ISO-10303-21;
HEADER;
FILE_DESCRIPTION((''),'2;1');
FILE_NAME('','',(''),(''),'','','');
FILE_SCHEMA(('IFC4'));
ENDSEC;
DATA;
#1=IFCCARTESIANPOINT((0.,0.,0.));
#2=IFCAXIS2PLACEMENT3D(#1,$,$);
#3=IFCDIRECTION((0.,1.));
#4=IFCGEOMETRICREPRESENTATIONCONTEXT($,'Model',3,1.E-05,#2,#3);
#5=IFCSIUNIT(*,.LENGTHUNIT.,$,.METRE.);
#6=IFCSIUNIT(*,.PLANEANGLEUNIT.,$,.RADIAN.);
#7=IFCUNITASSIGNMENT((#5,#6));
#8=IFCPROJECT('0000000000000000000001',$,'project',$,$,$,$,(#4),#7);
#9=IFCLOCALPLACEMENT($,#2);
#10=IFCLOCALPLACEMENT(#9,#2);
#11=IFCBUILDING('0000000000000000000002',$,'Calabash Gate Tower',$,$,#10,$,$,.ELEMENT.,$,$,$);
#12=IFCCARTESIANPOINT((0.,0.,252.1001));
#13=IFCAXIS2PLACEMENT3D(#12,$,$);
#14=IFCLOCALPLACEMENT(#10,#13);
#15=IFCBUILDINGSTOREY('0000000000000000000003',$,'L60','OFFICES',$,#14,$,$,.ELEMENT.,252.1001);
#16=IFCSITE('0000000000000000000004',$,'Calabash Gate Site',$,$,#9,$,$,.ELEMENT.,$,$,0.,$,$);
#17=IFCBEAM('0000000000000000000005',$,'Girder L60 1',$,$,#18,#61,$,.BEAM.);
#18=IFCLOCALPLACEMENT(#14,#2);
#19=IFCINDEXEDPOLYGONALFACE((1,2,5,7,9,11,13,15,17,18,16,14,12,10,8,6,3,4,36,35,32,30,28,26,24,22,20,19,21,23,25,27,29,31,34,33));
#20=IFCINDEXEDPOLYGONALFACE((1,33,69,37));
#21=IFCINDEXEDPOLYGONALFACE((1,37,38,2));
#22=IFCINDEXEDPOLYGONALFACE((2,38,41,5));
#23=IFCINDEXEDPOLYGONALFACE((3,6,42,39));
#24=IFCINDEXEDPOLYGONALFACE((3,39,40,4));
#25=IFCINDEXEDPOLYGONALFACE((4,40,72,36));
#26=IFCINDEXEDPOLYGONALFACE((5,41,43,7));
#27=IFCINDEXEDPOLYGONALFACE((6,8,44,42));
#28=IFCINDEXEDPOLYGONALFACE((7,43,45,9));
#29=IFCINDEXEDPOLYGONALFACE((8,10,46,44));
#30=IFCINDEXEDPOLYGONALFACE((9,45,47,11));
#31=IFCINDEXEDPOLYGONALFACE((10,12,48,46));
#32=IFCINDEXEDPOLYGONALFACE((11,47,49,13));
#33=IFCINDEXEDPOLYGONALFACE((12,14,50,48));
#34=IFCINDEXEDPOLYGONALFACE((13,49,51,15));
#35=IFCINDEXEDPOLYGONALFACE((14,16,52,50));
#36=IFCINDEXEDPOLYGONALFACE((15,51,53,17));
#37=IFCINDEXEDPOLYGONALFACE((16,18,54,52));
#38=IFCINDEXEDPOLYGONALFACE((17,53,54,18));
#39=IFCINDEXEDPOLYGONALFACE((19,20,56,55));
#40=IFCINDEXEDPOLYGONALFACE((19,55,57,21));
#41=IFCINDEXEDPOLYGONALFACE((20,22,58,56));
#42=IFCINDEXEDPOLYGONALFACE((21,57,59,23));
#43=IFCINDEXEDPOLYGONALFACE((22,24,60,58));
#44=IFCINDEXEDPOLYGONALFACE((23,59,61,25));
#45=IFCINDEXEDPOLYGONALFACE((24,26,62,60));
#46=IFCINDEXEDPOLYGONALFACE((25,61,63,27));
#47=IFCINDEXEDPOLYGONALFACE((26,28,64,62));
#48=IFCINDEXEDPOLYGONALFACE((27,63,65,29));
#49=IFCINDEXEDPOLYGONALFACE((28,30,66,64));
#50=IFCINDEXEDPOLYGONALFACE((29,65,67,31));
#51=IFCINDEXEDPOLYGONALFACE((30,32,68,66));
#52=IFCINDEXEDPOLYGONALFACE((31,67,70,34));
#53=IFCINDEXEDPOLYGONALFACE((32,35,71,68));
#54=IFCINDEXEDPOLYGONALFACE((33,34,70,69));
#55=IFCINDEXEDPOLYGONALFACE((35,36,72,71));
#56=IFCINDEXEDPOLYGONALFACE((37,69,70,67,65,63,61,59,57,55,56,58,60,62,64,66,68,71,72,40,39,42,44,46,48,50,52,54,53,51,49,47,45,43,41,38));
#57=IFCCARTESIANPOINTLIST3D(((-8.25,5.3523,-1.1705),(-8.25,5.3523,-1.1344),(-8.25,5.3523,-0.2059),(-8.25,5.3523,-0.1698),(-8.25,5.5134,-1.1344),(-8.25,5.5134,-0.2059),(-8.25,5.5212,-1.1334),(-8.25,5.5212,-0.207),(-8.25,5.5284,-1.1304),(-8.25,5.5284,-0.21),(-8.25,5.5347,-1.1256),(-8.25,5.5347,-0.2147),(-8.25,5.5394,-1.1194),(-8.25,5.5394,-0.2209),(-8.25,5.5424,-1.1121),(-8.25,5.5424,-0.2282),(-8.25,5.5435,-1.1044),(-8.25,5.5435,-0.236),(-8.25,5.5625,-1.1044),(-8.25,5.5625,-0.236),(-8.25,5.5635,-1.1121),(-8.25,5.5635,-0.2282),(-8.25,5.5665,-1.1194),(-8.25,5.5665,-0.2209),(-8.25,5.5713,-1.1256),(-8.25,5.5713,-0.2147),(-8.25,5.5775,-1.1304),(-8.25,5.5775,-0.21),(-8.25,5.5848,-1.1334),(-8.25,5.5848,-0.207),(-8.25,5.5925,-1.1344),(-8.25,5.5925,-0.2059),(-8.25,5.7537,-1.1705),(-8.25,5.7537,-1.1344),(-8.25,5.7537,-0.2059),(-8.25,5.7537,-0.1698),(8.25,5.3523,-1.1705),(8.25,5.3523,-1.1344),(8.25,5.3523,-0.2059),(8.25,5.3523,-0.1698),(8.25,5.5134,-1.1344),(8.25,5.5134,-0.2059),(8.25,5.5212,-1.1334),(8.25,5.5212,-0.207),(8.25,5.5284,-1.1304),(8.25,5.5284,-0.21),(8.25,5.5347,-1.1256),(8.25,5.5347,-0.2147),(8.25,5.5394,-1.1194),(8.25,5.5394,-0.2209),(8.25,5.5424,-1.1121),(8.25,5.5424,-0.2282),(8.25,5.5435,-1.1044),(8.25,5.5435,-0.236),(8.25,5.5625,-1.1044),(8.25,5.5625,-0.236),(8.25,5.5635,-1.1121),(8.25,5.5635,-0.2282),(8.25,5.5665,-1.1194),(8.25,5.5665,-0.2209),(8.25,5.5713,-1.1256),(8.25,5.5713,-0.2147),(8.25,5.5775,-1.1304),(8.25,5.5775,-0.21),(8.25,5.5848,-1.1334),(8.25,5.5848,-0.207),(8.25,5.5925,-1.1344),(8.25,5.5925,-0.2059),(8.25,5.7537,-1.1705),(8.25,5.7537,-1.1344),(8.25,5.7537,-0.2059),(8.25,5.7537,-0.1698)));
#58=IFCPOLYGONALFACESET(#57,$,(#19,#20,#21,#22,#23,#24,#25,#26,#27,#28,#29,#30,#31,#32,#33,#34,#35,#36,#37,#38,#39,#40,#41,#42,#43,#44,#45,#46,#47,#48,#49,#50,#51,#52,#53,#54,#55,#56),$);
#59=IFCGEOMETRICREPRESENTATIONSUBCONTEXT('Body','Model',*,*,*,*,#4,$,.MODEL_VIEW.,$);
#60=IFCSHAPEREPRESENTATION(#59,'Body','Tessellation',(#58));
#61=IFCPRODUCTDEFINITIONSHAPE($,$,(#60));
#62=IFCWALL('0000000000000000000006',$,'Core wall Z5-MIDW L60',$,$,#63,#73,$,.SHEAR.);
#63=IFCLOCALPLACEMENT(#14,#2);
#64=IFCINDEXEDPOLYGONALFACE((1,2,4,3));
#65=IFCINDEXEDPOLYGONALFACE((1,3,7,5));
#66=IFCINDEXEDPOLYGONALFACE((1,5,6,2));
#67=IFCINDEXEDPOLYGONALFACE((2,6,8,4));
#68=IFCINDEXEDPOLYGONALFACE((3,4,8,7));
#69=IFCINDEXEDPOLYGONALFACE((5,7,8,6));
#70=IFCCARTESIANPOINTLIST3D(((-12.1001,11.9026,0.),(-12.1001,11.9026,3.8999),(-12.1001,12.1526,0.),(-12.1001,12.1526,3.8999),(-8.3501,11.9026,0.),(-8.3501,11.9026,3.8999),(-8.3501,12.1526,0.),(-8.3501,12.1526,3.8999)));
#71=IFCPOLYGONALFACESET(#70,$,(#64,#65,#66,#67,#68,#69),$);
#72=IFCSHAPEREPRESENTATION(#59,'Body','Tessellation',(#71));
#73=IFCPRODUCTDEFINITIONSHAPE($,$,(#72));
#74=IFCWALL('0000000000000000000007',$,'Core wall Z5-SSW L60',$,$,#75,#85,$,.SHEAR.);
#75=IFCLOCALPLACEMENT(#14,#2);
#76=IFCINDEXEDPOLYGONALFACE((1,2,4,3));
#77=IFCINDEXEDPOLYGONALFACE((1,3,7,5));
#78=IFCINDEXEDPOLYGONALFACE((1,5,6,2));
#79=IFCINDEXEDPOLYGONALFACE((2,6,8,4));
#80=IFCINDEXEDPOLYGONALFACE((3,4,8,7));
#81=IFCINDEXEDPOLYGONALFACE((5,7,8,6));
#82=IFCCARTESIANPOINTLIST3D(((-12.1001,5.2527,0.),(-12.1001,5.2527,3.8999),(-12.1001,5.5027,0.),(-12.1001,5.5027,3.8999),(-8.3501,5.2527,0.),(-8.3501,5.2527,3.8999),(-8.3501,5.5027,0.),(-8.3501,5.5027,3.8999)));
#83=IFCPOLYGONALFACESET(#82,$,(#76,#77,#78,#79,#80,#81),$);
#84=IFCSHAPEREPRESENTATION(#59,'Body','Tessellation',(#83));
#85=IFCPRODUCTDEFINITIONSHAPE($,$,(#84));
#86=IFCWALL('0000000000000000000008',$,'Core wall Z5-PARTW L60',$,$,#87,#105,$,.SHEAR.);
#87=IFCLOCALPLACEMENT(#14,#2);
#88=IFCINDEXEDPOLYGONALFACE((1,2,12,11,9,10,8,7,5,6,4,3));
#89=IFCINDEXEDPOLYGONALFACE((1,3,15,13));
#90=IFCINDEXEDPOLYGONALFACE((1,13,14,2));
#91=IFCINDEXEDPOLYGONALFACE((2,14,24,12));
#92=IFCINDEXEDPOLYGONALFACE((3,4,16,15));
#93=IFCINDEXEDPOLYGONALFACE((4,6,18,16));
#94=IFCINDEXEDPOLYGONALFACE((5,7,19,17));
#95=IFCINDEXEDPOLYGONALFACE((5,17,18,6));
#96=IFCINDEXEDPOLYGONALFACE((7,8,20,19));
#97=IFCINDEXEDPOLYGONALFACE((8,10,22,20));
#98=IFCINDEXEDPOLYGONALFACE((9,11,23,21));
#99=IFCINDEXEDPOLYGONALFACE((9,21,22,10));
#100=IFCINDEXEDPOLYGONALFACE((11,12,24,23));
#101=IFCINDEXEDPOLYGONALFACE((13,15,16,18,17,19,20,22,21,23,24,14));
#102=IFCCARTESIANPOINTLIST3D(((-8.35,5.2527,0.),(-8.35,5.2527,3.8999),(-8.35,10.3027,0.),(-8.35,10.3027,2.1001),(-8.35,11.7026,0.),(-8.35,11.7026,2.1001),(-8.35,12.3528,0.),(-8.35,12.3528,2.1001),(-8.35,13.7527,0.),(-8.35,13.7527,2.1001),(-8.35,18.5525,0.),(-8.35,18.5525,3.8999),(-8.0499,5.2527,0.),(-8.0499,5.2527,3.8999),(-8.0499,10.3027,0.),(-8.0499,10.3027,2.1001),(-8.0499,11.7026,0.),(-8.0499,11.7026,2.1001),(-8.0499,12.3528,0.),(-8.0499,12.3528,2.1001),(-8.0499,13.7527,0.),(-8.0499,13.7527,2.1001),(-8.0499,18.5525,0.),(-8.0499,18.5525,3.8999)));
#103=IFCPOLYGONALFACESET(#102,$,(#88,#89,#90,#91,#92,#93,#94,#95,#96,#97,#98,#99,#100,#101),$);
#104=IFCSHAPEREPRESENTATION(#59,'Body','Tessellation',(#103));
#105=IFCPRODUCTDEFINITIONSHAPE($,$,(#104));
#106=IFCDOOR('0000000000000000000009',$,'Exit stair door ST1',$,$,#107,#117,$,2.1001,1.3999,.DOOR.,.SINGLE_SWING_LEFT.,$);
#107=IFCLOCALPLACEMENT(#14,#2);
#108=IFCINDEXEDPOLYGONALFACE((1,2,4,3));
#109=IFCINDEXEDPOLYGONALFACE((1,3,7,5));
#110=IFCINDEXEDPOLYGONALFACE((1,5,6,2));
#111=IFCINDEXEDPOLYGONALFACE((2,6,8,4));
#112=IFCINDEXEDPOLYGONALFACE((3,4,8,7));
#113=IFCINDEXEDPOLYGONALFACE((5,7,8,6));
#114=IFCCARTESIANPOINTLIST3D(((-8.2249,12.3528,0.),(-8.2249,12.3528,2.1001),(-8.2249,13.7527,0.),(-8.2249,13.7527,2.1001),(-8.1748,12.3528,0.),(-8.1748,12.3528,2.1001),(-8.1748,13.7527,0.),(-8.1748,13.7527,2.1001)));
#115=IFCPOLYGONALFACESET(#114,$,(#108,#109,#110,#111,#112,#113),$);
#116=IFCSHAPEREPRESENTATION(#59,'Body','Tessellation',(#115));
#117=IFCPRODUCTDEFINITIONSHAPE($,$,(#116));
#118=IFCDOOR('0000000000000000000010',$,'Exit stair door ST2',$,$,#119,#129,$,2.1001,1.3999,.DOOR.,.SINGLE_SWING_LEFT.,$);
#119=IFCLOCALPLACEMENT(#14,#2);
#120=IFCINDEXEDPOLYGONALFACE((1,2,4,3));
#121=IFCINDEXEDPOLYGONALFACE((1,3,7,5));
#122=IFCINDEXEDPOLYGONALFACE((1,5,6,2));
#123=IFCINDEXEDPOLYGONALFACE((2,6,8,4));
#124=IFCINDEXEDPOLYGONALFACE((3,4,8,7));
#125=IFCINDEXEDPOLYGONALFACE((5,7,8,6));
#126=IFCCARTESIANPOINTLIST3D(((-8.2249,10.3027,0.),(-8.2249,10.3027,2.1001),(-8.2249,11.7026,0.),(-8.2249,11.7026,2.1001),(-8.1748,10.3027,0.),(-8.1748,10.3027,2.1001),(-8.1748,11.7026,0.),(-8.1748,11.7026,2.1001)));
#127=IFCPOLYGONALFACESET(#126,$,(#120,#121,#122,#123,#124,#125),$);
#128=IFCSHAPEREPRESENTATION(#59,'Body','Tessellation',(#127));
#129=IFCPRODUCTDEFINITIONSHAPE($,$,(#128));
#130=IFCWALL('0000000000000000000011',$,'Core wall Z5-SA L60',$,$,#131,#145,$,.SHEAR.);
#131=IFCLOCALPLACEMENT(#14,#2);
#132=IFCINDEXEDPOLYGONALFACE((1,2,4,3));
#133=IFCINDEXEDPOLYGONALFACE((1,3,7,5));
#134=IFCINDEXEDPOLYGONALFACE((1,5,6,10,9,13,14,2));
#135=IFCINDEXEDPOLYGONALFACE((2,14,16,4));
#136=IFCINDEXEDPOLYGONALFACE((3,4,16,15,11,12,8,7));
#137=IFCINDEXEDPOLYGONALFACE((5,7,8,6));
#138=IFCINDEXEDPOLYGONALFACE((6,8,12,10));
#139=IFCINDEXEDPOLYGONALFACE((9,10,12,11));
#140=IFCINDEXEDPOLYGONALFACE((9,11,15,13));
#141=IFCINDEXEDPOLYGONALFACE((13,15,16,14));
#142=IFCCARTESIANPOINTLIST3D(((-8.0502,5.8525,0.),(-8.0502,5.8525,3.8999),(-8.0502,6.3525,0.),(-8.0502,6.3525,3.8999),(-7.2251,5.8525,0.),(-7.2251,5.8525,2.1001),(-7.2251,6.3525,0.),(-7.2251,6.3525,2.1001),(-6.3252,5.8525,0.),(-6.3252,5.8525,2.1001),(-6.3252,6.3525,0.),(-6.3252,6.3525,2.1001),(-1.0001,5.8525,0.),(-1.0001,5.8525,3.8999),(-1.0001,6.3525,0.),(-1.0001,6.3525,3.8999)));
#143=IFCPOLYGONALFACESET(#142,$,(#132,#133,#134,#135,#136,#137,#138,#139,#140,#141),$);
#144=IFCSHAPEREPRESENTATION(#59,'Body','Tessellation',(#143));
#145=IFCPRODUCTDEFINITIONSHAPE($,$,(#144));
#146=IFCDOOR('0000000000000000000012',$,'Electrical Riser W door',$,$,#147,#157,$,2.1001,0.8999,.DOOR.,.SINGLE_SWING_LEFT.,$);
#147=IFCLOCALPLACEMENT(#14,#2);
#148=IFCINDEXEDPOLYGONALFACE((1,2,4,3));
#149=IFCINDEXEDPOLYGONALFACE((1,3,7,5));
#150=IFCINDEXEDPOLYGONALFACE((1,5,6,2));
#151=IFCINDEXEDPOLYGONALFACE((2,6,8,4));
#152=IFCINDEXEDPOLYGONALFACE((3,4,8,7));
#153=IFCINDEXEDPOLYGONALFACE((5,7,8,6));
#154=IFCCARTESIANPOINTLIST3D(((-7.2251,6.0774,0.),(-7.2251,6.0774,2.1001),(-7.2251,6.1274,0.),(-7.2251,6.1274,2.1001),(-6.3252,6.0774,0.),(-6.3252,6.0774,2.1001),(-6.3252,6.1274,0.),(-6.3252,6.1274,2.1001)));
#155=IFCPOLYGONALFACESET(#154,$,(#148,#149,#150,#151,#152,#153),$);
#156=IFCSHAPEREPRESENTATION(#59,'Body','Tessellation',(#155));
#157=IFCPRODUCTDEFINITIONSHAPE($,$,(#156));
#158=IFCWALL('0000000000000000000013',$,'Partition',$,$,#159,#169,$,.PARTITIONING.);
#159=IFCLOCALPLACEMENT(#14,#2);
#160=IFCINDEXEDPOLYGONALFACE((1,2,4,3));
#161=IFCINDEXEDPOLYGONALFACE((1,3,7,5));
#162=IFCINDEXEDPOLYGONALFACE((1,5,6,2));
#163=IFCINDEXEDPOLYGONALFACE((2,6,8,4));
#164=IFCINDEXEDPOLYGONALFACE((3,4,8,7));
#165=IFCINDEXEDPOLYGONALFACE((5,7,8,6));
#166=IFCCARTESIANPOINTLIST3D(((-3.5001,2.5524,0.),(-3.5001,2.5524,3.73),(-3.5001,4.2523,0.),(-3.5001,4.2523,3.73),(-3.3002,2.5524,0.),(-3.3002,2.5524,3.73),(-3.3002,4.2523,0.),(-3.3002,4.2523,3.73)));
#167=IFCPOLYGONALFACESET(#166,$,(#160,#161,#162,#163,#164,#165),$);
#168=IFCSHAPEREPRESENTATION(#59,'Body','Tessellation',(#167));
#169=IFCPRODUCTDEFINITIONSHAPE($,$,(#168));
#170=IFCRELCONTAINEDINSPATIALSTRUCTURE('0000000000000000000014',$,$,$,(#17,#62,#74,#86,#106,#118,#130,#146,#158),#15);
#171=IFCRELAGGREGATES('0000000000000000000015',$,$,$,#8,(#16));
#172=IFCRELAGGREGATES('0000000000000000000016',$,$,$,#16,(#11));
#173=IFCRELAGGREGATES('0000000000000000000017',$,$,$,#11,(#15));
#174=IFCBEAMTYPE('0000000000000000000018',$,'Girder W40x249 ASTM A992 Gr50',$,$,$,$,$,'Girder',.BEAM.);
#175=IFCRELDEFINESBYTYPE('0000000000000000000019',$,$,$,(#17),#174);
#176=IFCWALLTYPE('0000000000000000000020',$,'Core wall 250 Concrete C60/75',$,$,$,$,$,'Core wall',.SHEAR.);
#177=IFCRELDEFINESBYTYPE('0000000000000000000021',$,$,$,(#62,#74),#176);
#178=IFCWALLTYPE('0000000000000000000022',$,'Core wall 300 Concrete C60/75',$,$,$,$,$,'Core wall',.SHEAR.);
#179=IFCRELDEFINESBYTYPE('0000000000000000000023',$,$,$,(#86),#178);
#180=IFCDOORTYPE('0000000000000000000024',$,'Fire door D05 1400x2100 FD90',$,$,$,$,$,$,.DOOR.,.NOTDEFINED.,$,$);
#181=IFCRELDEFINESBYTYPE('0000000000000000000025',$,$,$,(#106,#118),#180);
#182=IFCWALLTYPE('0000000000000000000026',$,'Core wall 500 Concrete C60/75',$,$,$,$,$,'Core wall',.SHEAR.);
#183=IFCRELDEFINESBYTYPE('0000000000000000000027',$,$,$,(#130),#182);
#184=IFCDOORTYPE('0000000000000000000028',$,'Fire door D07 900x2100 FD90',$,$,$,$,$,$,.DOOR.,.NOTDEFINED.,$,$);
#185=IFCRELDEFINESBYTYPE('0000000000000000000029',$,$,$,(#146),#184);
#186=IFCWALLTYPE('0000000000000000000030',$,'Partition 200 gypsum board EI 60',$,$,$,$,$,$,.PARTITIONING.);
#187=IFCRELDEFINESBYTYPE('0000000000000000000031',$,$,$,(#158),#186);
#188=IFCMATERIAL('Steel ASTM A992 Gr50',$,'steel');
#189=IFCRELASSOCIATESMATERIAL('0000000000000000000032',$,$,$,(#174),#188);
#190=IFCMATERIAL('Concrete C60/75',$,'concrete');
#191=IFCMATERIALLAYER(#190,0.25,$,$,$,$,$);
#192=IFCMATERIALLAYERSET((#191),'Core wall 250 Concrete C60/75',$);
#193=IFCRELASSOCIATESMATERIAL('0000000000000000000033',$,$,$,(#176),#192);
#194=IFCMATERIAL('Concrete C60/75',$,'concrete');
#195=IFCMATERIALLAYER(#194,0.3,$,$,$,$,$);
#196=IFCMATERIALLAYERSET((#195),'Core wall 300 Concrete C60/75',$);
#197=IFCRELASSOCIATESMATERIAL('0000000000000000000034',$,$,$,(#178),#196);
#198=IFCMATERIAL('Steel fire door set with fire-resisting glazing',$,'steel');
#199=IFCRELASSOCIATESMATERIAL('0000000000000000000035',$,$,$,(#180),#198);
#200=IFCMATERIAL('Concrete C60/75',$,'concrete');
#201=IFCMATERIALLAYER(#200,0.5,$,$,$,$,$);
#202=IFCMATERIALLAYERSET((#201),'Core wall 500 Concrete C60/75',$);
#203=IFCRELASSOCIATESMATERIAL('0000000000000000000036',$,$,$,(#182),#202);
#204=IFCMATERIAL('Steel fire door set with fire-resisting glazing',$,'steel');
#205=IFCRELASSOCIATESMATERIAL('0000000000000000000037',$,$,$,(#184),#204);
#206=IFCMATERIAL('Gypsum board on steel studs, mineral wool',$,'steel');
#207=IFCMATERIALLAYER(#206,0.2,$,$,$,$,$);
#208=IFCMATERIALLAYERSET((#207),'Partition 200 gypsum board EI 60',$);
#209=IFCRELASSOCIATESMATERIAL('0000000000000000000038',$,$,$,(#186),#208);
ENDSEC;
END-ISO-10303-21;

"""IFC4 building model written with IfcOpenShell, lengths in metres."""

from ifc_helpers import new_model, si_unit, direction, frame, frame_2d, origin, origin_2d, place, context, subcontext, project, spatial, rectangle, i_section, extrude, material, layer, layer_set, material_profile, profile_set, type_object, element, fill, save


model = new_model("IFC4")

# Units and contexts
model_context = context("Model", 3, precision=1e-05, world=origin(), true_north=direction((0.0, 1.0)))
body_context = subcontext(model_context, "Body", "Model", "MODEL_VIEW")
ifc_project = project(units=[si_unit("LENGTHUNIT", "METRE"), si_unit("PLANEANGLEUNIT", "RADIAN")], contexts=[model_context])

# Site, building, storey
site_placement = place(None, origin())
site = spatial("IfcSite", under=ifc_project, at=site_placement, Name="Calabash Gate Site", CompositionType="ELEMENT", RefElevation=0.0)
building_placement = place(site_placement, origin())
building = spatial("IfcBuilding", under=site, at=building_placement, Name="Calabash Gate Tower", CompositionType="ELEMENT")
storey_placement = place(building_placement, frame((0.0, 0.0, 252.1001)))
storey = spatial("IfcBuildingStorey", under=building, at=storey_placement, Name="L60", Description="OFFICES", CompositionType="ELEMENT", Elevation=252.1001)

# Beam
ifc_material_1 = material(Name="Steel ASTM A992 Gr50", Category="steel")
ifc_material_profile = material_profile(ifc_material_1, i_section(OverallWidth=0.4014, OverallDepth=1.0007, WebThickness=0.019, FlangeThickness=0.0361, FilletRadius=0.03, at=origin_2d()))
ifc_profile_set = profile_set([ifc_material_profile], Name="Steel ASTM A992 Gr50")
beam_type = type_object("IfcBeamType", Name="Girder W40x249 ASTM A992 Gr50", ElementType="Girder", PredefinedType="BEAM", material=ifc_profile_set)
beam_placement = place(storey_placement, frame((-8.25, 5.553, -0.6702), z_axis=(1.0, 0.0, 0.0), x_axis=(0.0, 1.0, 0.0)))
element("IfcBeam", 1, at=beam_placement, inside=storey, type_object=beam_type, Name="Girder L60 1", PredefinedType="BEAM", context=body_context, shape_type="SweptSolid", body=[
    extrude(i_section(OverallWidth=0.4014, OverallDepth=1.0007, WebThickness=0.019, FlangeThickness=0.0361, FilletRadius=0.03, at=origin_2d()), origin(), (0.0, 0.0, 1.0), 16.5),
])

# Walls
ifc_material_2 = material(Name="Concrete C60/75", Category="concrete")
ifc_layer_1 = layer(ifc_material_2, 0.25)
ifc_layer_set_1 = layer_set([ifc_layer_1], Name="Core wall 250 Concrete C60/75")
wall_type_1 = type_object("IfcWallType", Name="Core wall 250 Concrete C60/75", ElementType="Core wall", PredefinedType="SHEAR", material=ifc_layer_set_1)
for number, where, z_axis, x_axis, name in (
    (2, (-12.1001, 12.0276, 0.0), (0.0, 0.0, 1.0), (1.0, 0.0, 0.0), "Core wall Z5-MIDW L60"),
    (3, (-12.1001, 5.3777, 0.0), (0.0, 0.0, 1.0), (1.0, 0.0, 0.0), "Core wall Z5-SSW L60"),
):
    element("IfcWall", number, at=place(storey_placement, frame(where, z_axis=z_axis, x_axis=x_axis)), inside=storey, type_object=wall_type_1, Name=name, PredefinedType="SHEAR", context=body_context, shape_type="SweptSolid", body=[
        extrude(rectangle(XDim=3.75, YDim=0.25, at=frame_2d((1.875, 0.0))), origin(), (0.0, 0.0, 1.0), 3.8999),
    ])

# Wall, openings, doors
ifc_material_3 = material(Name="Concrete C60/75", Category="concrete")
ifc_layer_2 = layer(ifc_material_3, 0.3)
ifc_layer_set_2 = layer_set([ifc_layer_2], Name="Core wall 300 Concrete C60/75")
wall_type_2 = type_object("IfcWallType", Name="Core wall 300 Concrete C60/75", ElementType="Core wall", PredefinedType="SHEAR", material=ifc_layer_set_2)
wall_1_placement = place(storey_placement, frame((-8.2, 5.2527, 0.0), z_axis=(0.0, 0.0, 1.0), x_axis=(0.0, 1.0, 0.0)))
wall_1 = element("IfcWall", 4, at=wall_1_placement, inside=storey, type_object=wall_type_2, Name="Core wall Z5-PARTW L60", PredefinedType="SHEAR", context=body_context, shape_type="SweptSolid", body=[
    extrude(rectangle(XDim=13.2998, YDim=0.3, at=frame_2d((6.6499, 0.0))), origin(), (0.0, 0.0, 1.0), 3.8999),
])
opening_1_placement = place(wall_1_placement, frame((7.1001, 0.0, 0.0)))
opening_1 = element("IfcOpeningElement", 5, at=opening_1_placement, cuts=wall_1, PredefinedType="OPENING", context=body_context, shape_type="SweptSolid", body=[
    extrude(rectangle(XDim=1.3999, YDim=2.1001, at=frame_2d((0.7, 1.05))), frame((0.0, 0.1599, 0.0), z_axis=(0.0, -1.0, 0.0), x_axis=(1.0, 0.0, 0.0)), (0.0, 0.0, 1.0), 0.3201),
])
opening_2_placement = place(wall_1_placement, frame((5.05, 0.0, 0.0)))
opening_2 = element("IfcOpeningElement", 6, at=opening_2_placement, cuts=wall_1, PredefinedType="OPENING", context=body_context, shape_type="SweptSolid", body=[
    extrude(rectangle(XDim=1.3999, YDim=2.1001, at=frame_2d((0.7, 1.05))), frame((0.0, 0.1599, 0.0), z_axis=(0.0, -1.0, 0.0), x_axis=(1.0, 0.0, 0.0)), (0.0, 0.0, 1.0), 0.3201),
])
ifc_material_4 = material(Name="Steel fire door set with fire-resisting glazing", Category="steel")
door_type_1 = type_object("IfcDoorType", Name="Fire door D05 1400x2100 FD90", OperationType="NOTDEFINED", PredefinedType="DOOR", material=ifc_material_4)
door_1_placement = place(opening_1_placement, origin())
door_1 = element("IfcDoor", 7, at=door_1_placement, inside=storey, type_object=door_type_1, Name="Exit stair door ST1", OperationType="SINGLE_SWING_LEFT", OverallHeight=2.1001, OverallWidth=1.3999, PredefinedType="DOOR", context=body_context, shape_type="SweptSolid", body=[
    extrude(rectangle(XDim=1.3999, YDim=2.1001, at=frame_2d((0.7, 1.05))), frame((0.0, 0.0249, 0.0), z_axis=(0.0, -1.0, 0.0), x_axis=(1.0, 0.0, 0.0)), (0.0, 0.0, 1.0), 0.05),
])
fill(opening_1, door_1)
door_2_placement = place(opening_2_placement, origin())
door_2 = element("IfcDoor", 8, at=door_2_placement, inside=storey, type_object=door_type_1, Name="Exit stair door ST2", OperationType="SINGLE_SWING_LEFT", OverallHeight=2.1001, OverallWidth=1.3999, PredefinedType="DOOR", context=body_context, shape_type="SweptSolid", body=[
    extrude(rectangle(XDim=1.3999, YDim=2.1001, at=frame_2d((0.7, 1.05))), frame((0.0, 0.0249, 0.0), z_axis=(0.0, -1.0, 0.0), x_axis=(1.0, 0.0, 0.0)), (0.0, 0.0, 1.0), 0.05),
])
fill(opening_2, door_2)

# Wall, opening, door
ifc_material_5 = material(Name="Concrete C60/75", Category="concrete")
ifc_layer_3 = layer(ifc_material_5, 0.5)
ifc_layer_set_3 = layer_set([ifc_layer_3], Name="Core wall 500 Concrete C60/75")
wall_type_3 = type_object("IfcWallType", Name="Core wall 500 Concrete C60/75", ElementType="Core wall", PredefinedType="SHEAR", material=ifc_layer_set_3)
wall_2_placement = place(storey_placement, frame((-8.05, 6.1025, 0.0), z_axis=(0.0, 0.0, 1.0), x_axis=(1.0, 0.0, 0.0)))
wall_2 = element("IfcWall", 9, at=wall_2_placement, inside=storey, type_object=wall_type_3, Name="Core wall Z5-SA L60", PredefinedType="SHEAR", context=body_context, shape_type="SweptSolid", body=[
    extrude(rectangle(XDim=7.05, YDim=0.5, at=frame_2d((3.5249, 0.0))), origin(), (0.0, 0.0, 1.0), 3.8999),
])
opening_3_placement = place(wall_2_placement, frame((0.825, 0.0, 0.0)))
opening_3 = element("IfcOpeningElement", 10, at=opening_3_placement, cuts=wall_2, PredefinedType="OPENING", context=body_context, shape_type="SweptSolid", body=[
    extrude(rectangle(XDim=0.8999, YDim=2.1001, at=frame_2d((0.45, 1.05))), frame((0.0, 0.26, 0.0), z_axis=(0.0, -1.0, 0.0), x_axis=(1.0, 0.0, 0.0)), (0.0, 0.0, 1.0), 0.52),
])
ifc_material_6 = material(Name="Steel fire door set with fire-resisting glazing", Category="steel")
door_type_2 = type_object("IfcDoorType", Name="Fire door D07 900x2100 FD90", OperationType="NOTDEFINED", PredefinedType="DOOR", material=ifc_material_6)
door_3_placement = place(opening_3_placement, origin())
door_3 = element("IfcDoor", 11, at=door_3_placement, inside=storey, type_object=door_type_2, Name="Electrical Riser W door", OperationType="SINGLE_SWING_LEFT", OverallHeight=2.1001, OverallWidth=0.8999, PredefinedType="DOOR", context=body_context, shape_type="SweptSolid", body=[
    extrude(rectangle(XDim=0.8999, YDim=2.1001, at=frame_2d((0.45, 1.05))), frame((0.0, 0.0249, 0.0), z_axis=(0.0, -1.0, 0.0), x_axis=(1.0, 0.0, 0.0)), (0.0, 0.0, 1.0), 0.05),
])
fill(opening_3, door_3)

# Wall
ifc_material_7 = material(Name="Gypsum board on steel studs, mineral wool", Category="steel")
ifc_layer_4 = layer(ifc_material_7, 0.2)
ifc_layer_set_4 = layer_set([ifc_layer_4], Name="Partition 200 gypsum board EI 60")
wall_type_4 = type_object("IfcWallType", Name="Partition 200 gypsum board EI 60", PredefinedType="PARTITIONING", material=ifc_layer_set_4)
wall_3_placement = place(storey_placement, frame((-3.4001, 4.2524, 0.0), z_axis=(0.0, 0.0, 1.0), x_axis=(0.0, -1.0, 0.0)))
element("IfcWall", 12, at=wall_3_placement, inside=storey, type_object=wall_type_4, Name="Partition", PredefinedType="PARTITIONING", context=body_context, shape_type="SweptSolid", body=[
    extrude(rectangle(XDim=1.7, YDim=0.2, at=frame_2d((0.8501, 0.0))), origin(), (0.0, 0.0, 1.0), 3.73),
])

save(model, "model.ifc")
